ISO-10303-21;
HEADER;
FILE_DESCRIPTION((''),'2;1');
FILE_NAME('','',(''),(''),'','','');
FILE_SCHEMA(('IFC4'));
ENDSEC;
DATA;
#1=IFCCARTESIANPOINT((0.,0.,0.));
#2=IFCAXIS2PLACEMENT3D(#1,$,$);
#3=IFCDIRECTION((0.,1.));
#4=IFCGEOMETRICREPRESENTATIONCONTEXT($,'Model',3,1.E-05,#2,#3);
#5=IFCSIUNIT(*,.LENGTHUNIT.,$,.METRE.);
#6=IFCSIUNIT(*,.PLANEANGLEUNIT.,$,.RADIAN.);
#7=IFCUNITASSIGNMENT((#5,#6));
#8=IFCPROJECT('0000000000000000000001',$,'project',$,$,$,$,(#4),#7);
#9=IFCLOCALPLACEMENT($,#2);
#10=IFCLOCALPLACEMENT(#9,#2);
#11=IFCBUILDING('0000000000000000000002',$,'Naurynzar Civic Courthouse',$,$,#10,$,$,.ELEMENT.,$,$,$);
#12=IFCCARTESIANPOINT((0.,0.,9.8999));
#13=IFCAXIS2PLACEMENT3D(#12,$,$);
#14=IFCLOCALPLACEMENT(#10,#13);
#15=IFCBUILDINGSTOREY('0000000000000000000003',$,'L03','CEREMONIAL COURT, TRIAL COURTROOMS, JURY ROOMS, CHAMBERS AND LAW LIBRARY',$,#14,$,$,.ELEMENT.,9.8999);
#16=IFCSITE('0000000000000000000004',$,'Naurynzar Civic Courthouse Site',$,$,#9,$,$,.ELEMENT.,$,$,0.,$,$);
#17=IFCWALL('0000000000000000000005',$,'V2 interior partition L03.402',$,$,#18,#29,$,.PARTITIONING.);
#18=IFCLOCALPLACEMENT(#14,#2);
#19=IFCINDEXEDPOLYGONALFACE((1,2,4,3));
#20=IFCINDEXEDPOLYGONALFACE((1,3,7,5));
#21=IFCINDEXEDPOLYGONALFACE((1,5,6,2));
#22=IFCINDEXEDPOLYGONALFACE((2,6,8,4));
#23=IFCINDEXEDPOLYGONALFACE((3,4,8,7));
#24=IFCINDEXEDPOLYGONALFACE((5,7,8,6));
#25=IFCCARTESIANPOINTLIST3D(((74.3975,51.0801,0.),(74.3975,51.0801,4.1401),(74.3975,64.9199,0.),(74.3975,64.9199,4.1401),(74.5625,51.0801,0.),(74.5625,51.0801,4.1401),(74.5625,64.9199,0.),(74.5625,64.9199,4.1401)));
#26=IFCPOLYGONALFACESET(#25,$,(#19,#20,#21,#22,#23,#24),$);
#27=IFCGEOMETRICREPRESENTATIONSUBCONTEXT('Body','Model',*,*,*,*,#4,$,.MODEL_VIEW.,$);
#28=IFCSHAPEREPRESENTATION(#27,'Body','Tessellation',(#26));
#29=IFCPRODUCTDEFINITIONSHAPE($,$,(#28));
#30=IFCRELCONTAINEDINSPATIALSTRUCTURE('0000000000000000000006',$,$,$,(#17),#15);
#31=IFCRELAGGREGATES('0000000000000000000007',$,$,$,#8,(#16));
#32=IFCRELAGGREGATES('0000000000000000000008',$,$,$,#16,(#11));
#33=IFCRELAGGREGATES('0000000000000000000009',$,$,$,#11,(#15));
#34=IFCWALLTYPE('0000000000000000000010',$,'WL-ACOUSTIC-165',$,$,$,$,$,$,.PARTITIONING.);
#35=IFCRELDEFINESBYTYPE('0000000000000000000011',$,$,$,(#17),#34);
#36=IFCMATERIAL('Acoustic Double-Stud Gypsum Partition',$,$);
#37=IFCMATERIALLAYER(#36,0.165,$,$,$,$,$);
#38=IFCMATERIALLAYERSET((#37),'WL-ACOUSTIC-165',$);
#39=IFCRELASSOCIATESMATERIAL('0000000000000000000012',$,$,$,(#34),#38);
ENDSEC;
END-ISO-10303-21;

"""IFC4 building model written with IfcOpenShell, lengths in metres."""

from ifc_helpers import new_model, si_unit, direction, frame, frame_2d, origin, place, context, subcontext, project, spatial, rectangle, extrude, material, layer, layer_set, type_object, element, save


model = new_model("IFC4")

# Units and contexts
model_context = context("Model", 3, precision=1e-05, world=origin(), true_north=direction((0.0, 1.0)))
body_context = subcontext(model_context, "Body", "Model", "MODEL_VIEW")
ifc_project = project(units=[si_unit("LENGTHUNIT", "METRE"), si_unit("PLANEANGLEUNIT", "RADIAN")], contexts=[model_context])

# Site, building, storey
site_placement = place(None, origin())
site = spatial("IfcSite", under=ifc_project, at=site_placement, Name="Naurynzar Civic Courthouse Site", CompositionType="ELEMENT", RefElevation=0.0)
building_placement = place(site_placement, origin())
building = spatial("IfcBuilding", under=site, at=building_placement, Name="Naurynzar Civic Courthouse", CompositionType="ELEMENT")
storey_placement = place(building_placement, frame((0.0, 0.0, 9.8999)))
storey = spatial("IfcBuildingStorey", under=building, at=storey_placement, Name="L03", Description="CEREMONIAL COURT, TRIAL COURTROOMS, JURY ROOMS, CHAMBERS AND LAW LIBRARY", CompositionType="ELEMENT", Elevation=9.8999)

# Wall
ifc_material_1 = material(Name="Acoustic Double-Stud Gypsum Partition")
ifc_layer = layer(ifc_material_1, 0.165)
ifc_layer_set = layer_set([ifc_layer], Name="WL-ACOUSTIC-165")
wall_type = type_object("IfcWallType", Name="WL-ACOUSTIC-165", PredefinedType="PARTITIONING", material=ifc_layer_set)
wall_1_placement = place(storey_placement, frame((74.48, 51.0801, 0.0), z_axis=(0.0, 0.0, 1.0), x_axis=(0.0, 1.0, 0.0)))
element("IfcWall", 1, at=wall_1_placement, inside=storey, type_object=wall_type, Name="V2 interior partition L03.402", PredefinedType="PARTITIONING", context=body_context, shape_type="SweptSolid", body=[
    extrude(rectangle(XDim=13.8398, YDim=0.165, at=frame_2d((6.9199, 0.0))), origin(), (0.0, 0.0, 1.0), 4.1401),
])

save(model, "model.ifc")
